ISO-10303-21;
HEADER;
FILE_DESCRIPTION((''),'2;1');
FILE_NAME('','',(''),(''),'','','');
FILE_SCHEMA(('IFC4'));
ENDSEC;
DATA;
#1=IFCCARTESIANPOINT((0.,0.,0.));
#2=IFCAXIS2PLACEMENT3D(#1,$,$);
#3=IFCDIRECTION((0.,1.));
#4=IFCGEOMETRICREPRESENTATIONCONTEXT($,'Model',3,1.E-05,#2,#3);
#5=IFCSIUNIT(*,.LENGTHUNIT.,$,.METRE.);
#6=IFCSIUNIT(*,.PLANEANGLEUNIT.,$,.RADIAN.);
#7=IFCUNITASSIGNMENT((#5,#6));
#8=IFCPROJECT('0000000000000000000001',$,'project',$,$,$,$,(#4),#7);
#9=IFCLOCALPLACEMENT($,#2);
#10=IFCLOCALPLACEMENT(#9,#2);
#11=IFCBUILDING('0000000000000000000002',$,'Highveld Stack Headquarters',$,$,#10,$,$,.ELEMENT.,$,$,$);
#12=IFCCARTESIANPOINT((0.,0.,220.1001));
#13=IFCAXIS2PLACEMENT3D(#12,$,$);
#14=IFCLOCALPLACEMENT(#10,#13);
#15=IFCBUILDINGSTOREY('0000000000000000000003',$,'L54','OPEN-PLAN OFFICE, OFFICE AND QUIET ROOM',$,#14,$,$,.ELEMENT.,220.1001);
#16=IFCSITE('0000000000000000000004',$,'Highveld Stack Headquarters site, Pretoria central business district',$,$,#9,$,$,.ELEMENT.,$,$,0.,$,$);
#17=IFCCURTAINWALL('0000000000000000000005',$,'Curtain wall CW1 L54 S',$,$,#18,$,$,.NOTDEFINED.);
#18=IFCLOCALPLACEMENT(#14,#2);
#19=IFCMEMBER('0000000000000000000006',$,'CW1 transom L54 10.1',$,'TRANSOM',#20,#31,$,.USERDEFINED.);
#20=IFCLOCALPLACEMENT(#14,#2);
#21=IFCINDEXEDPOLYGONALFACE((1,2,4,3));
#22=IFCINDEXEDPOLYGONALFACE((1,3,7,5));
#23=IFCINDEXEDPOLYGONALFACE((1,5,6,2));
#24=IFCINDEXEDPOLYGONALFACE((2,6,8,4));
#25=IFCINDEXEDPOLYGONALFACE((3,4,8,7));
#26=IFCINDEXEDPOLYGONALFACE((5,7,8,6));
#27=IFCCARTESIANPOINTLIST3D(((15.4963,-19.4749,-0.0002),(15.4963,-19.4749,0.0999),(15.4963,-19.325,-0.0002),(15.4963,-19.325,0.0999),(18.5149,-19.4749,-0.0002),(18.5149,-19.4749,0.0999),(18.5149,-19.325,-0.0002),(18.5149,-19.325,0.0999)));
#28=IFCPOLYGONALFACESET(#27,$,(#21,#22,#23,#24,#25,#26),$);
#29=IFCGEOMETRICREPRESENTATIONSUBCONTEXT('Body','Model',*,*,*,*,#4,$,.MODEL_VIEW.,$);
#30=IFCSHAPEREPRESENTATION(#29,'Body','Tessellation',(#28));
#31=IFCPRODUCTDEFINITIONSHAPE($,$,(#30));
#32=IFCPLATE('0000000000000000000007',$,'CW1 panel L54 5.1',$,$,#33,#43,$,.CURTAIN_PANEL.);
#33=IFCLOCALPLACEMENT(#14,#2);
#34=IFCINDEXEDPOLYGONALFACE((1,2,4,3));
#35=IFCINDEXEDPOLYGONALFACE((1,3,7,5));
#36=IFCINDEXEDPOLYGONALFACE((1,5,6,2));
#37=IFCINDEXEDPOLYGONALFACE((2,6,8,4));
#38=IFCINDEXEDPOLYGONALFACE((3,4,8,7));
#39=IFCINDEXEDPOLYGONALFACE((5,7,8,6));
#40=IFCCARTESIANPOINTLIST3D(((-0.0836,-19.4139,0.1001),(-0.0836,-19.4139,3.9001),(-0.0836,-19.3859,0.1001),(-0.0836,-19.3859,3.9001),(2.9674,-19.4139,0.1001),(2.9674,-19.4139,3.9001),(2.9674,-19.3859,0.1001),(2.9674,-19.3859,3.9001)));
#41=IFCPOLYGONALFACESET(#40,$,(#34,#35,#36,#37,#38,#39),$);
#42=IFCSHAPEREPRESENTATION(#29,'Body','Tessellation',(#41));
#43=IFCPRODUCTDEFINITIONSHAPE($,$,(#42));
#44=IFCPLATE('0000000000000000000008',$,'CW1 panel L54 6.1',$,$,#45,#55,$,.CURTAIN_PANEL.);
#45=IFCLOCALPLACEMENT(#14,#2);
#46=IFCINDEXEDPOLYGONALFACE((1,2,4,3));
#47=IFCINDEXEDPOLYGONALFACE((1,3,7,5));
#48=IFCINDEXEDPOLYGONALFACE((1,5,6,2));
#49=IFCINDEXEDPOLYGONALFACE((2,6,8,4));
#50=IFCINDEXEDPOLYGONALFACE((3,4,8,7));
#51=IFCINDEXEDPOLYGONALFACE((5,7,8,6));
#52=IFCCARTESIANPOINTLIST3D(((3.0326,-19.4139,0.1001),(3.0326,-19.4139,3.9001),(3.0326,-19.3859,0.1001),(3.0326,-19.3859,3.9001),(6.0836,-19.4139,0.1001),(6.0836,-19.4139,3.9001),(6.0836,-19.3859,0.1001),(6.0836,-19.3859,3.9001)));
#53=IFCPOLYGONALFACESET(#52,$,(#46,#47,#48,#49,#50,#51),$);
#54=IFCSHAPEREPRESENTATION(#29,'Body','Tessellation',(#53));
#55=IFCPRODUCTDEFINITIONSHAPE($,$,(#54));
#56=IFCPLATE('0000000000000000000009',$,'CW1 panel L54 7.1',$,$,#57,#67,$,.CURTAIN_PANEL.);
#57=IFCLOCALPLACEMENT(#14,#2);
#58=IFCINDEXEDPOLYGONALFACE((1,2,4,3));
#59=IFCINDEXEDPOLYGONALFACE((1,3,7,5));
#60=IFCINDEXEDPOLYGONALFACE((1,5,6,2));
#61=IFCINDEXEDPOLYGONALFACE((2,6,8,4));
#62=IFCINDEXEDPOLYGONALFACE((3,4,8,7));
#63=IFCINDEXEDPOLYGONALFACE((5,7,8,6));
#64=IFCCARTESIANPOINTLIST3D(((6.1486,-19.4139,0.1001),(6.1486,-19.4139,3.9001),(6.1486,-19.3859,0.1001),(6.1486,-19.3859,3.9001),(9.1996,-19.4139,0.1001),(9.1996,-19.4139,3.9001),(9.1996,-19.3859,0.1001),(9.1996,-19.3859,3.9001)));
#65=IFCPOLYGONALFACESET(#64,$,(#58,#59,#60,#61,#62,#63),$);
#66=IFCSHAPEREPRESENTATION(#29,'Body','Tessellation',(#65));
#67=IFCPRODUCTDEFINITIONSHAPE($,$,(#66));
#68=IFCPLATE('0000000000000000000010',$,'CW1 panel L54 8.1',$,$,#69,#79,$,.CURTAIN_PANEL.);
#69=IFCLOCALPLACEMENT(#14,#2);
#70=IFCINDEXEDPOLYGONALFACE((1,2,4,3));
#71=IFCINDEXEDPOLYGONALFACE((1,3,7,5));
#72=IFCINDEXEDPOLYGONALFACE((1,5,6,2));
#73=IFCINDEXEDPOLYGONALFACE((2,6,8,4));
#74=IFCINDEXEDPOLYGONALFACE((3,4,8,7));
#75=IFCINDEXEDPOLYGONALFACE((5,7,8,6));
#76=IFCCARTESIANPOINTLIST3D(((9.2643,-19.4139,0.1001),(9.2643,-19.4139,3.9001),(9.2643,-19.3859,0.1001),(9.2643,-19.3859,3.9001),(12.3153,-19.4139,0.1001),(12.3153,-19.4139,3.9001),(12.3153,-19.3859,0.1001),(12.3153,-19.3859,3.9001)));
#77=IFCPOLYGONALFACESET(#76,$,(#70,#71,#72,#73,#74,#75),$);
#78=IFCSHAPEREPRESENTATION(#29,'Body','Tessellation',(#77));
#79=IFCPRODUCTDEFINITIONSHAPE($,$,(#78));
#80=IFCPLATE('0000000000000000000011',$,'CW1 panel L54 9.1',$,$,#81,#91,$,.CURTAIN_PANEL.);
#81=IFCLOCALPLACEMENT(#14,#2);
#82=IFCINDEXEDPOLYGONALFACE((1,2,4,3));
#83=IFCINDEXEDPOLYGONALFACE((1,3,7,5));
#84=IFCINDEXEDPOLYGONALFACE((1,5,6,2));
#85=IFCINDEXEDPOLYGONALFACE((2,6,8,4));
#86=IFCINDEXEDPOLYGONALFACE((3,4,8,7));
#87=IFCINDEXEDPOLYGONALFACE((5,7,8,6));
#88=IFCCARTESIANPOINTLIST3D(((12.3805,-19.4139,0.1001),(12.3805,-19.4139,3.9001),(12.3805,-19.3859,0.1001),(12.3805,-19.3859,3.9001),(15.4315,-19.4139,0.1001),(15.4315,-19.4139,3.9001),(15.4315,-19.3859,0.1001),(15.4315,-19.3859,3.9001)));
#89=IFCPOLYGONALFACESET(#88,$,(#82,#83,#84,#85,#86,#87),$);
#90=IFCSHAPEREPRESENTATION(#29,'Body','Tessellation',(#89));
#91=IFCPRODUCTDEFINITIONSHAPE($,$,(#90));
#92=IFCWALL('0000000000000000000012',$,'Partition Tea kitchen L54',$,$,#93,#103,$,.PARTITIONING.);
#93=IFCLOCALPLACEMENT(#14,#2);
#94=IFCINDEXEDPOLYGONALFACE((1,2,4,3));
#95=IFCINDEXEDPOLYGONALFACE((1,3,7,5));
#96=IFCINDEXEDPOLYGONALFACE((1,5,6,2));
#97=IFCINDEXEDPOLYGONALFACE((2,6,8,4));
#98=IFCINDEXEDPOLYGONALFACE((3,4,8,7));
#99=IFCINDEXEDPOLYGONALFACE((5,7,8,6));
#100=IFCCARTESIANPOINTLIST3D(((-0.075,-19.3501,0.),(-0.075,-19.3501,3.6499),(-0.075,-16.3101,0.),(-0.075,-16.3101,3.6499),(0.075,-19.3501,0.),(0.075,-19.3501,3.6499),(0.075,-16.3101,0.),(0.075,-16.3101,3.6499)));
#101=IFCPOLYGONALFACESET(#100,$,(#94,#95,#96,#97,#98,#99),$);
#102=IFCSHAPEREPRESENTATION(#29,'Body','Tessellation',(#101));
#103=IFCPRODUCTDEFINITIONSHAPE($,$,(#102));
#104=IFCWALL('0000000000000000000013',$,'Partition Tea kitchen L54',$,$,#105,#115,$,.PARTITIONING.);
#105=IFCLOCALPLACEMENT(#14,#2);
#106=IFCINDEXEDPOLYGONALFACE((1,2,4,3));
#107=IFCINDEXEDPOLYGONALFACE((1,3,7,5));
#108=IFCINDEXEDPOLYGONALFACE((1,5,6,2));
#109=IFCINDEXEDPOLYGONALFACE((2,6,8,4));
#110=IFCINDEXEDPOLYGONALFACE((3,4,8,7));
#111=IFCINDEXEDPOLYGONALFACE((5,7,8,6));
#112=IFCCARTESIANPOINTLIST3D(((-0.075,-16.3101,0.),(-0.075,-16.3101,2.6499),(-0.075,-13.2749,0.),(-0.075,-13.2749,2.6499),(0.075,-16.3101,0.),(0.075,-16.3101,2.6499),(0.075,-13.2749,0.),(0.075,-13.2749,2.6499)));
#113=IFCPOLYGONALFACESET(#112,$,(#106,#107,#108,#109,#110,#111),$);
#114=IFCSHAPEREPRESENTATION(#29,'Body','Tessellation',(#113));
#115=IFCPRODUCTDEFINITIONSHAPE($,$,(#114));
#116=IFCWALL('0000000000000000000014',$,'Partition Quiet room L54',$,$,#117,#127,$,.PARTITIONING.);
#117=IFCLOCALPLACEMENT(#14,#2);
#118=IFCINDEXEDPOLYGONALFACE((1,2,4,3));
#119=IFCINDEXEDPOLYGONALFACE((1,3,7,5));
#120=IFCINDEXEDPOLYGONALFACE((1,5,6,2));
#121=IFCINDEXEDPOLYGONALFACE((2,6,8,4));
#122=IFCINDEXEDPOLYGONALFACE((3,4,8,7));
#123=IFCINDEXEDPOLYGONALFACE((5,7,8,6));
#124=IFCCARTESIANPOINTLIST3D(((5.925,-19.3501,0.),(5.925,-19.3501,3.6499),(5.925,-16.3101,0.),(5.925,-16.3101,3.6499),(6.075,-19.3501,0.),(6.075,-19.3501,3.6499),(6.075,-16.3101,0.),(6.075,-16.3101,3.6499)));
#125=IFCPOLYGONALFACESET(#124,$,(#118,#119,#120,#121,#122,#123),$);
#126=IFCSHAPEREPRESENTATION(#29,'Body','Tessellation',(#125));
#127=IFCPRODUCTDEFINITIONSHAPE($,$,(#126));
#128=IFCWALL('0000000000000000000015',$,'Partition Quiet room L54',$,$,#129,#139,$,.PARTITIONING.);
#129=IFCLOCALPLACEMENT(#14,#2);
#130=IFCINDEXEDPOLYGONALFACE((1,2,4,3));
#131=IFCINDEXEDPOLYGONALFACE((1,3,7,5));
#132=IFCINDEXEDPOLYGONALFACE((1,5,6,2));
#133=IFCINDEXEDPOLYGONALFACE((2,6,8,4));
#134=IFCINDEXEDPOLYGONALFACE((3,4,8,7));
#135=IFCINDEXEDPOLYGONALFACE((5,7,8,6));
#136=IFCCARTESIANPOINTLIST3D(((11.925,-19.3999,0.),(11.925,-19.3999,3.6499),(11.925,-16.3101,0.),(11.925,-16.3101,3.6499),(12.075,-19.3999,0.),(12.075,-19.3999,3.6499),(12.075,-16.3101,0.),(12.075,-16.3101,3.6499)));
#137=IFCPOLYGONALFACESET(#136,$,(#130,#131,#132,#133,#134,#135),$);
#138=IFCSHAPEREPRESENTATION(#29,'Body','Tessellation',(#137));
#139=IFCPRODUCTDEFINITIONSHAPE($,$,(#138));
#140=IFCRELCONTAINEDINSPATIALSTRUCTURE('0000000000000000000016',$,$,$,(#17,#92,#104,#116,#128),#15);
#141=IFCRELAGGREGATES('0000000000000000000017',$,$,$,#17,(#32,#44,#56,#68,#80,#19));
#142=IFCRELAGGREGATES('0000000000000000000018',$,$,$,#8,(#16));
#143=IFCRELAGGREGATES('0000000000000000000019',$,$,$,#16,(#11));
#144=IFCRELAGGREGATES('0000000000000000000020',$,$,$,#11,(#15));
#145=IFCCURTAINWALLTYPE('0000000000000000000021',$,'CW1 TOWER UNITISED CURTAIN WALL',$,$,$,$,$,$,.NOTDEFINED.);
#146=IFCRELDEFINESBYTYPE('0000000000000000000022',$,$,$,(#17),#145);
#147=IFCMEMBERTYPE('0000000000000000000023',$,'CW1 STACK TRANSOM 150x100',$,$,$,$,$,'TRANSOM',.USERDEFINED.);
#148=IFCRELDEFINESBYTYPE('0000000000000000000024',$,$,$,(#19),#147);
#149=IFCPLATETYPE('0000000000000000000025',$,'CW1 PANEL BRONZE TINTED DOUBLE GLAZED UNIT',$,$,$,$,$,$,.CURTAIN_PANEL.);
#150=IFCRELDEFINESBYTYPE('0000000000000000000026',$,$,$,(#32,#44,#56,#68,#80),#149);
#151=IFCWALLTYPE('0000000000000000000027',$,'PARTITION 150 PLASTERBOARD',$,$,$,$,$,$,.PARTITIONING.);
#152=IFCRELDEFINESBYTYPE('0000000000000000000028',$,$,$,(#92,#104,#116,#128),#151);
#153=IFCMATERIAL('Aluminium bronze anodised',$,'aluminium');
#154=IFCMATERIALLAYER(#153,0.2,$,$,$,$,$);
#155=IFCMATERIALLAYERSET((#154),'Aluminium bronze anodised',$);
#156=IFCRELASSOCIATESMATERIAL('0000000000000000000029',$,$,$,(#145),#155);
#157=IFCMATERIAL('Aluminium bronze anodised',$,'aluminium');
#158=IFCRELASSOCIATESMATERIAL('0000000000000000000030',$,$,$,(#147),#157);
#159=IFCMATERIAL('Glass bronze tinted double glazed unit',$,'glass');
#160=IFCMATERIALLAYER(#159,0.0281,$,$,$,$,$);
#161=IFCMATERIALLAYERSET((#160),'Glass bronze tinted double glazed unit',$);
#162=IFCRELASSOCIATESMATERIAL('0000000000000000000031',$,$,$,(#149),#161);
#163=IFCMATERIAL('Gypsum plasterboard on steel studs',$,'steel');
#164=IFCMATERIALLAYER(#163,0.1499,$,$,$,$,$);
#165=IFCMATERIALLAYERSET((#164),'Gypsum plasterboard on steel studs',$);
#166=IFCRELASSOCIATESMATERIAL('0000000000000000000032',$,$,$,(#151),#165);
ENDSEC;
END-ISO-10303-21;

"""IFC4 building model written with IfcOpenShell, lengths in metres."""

from ifc_helpers import new_model, si_unit, direction, frame, frame_2d, origin, origin_2d, place, context, subcontext, project, spatial, rectangle, extrude, material, layer, layer_set, material_profile, profile_set, type_object, element, aggregate, save


model = new_model("IFC4")

# Units and contexts
model_context = context("Model", 3, precision=1e-05, world=origin(), true_north=direction((0.0, 1.0)))
body_context = subcontext(model_context, "Body", "Model", "MODEL_VIEW")
ifc_project = project(units=[si_unit("LENGTHUNIT", "METRE"), si_unit("PLANEANGLEUNIT", "RADIAN")], contexts=[model_context])

# Site, building, storey
site_placement = place(None, origin())
site = spatial("IfcSite", under=ifc_project, at=site_placement, Name="Highveld Stack Headquarters site, Pretoria central business district", CompositionType="ELEMENT", RefElevation=0.0)
building_placement = place(site_placement, origin())
building = spatial("IfcBuilding", under=site, at=building_placement, Name="Highveld Stack Headquarters", CompositionType="ELEMENT")
storey_placement = place(building_placement, frame((0.0, 0.0, 220.1001)))
storey = spatial("IfcBuildingStorey", under=building, at=storey_placement, Name="L54", Description="OPEN-PLAN OFFICE, OFFICE AND QUIET ROOM", CompositionType="ELEMENT", Elevation=220.1001)

# Curtain wall, member, plates
ifc_material_1 = material(Name="Aluminium bronze anodised", Category="aluminium")
ifc_layer_1 = layer(ifc_material_1, 0.2)
ifc_layer_set_1 = layer_set([ifc_layer_1], Name="Aluminium bronze anodised")
curtain_wall_type = type_object("IfcCurtainWallType", Name="CW1 TOWER UNITISED CURTAIN WALL", PredefinedType="NOTDEFINED", material=ifc_layer_set_1)
curtain_wall_placement = place(storey_placement, origin())
curtain_wall = element("IfcCurtainWall", 1, at=curtain_wall_placement, inside=storey, type_object=curtain_wall_type, Name="Curtain wall CW1 L54 S", PredefinedType="NOTDEFINED")
ifc_material_2 = material(Name="Aluminium bronze anodised", Category="aluminium")
ifc_material_profile_1 = material_profile(ifc_material_2, rectangle(XDim=0.1499, YDim=0.1001, at=origin_2d()), Name="CW1 TRANSOM 150x100")
ifc_profile_set_1 = profile_set([ifc_material_profile_1], Name="Aluminium bronze anodised")
member_type_1 = type_object("IfcMemberType", Name="CW1 STACK TRANSOM 150x100", ElementType="TRANSOM", PredefinedType="USERDEFINED", material=ifc_profile_set_1)
member_1_placement = place(storey_placement, frame((15.4963, -19.3999, 0.0498), z_axis=(1.0, 0.0, 0.0), x_axis=(0.0, 1.0, 0.0)))
member_1 = element("IfcMember", 2, at=member_1_placement, type_object=member_type_1, Name="CW1 transom L54 10.1", ObjectType="TRANSOM", PredefinedType="USERDEFINED", context=body_context, shape_type="SweptSolid", body=[
    extrude(rectangle(XDim=0.1499, YDim=0.1001, at=origin_2d()), origin(), (0.0, 0.0, 1.0), 3.0186),
])
ifc_material_3 = material(Name="Glass bronze tinted double glazed unit", Category="glass")
ifc_layer_2 = layer(ifc_material_3, 0.0281)
ifc_layer_set_2 = layer_set([ifc_layer_2], Name="Glass bronze tinted double glazed unit")
plate_type = type_object("IfcPlateType", Name="CW1 PANEL BRONZE TINTED DOUBLE GLAZED UNIT", PredefinedType="CURTAIN_PANEL", material=ifc_layer_set_2)
plate_1_placement = place(storey_placement, frame((1.4419, -19.3999, 0.1001), z_axis=(0.0, 0.0, 1.0), x_axis=(1.0, 0.0, 0.0)))
plate_1 = element("IfcPlate", 3, at=plate_1_placement, type_object=plate_type, Name="CW1 panel L54 5.1", PredefinedType="CURTAIN_PANEL", context=body_context, shape_type="SweptSolid", body=[
    extrude(rectangle(XDim=3.051, YDim=0.0281, at=origin_2d()), origin(), (0.0, 0.0, 1.0), 3.8),
])
plate_2_placement = place(storey_placement, frame((4.5581, -19.3999, 0.1001), z_axis=(0.0, 0.0, 1.0), x_axis=(1.0, 0.0, 0.0)))
plate_2 = element("IfcPlate", 4, at=plate_2_placement, type_object=plate_type, Name="CW1 panel L54 6.1", PredefinedType="CURTAIN_PANEL", context=body_context, shape_type="SweptSolid", body=[
    extrude(rectangle(XDim=3.051, YDim=0.0281, at=origin_2d()), origin(), (0.0, 0.0, 1.0), 3.8),
])
plate_3_placement = place(storey_placement, frame((7.6741, -19.3999, 0.1001), z_axis=(0.0, 0.0, 1.0), x_axis=(1.0, 0.0, 0.0)))
plate_3 = element("IfcPlate", 5, at=plate_3_placement, type_object=plate_type, Name="CW1 panel L54 7.1", PredefinedType="CURTAIN_PANEL", context=body_context, shape_type="SweptSolid", body=[
    extrude(rectangle(XDim=3.051, YDim=0.0281, at=origin_2d()), origin(), (0.0, 0.0, 1.0), 3.8),
])
plate_4_placement = place(storey_placement, frame((10.7898, -19.3999, 0.1001), z_axis=(0.0, 0.0, 1.0), x_axis=(1.0, 0.0, 0.0)))
plate_4 = element("IfcPlate", 6, at=plate_4_placement, type_object=plate_type, Name="CW1 panel L54 8.1", PredefinedType="CURTAIN_PANEL", context=body_context, shape_type="SweptSolid", body=[
    extrude(rectangle(XDim=3.051, YDim=0.0281, at=origin_2d()), origin(), (0.0, 0.0, 1.0), 3.8),
])
plate_5_placement = place(storey_placement, frame((13.906, -19.3999, 0.1001), z_axis=(0.0, 0.0, 1.0), x_axis=(1.0, 0.0, 0.0)))
plate_5 = element("IfcPlate", 7, at=plate_5_placement, type_object=plate_type, Name="CW1 panel L54 9.1", PredefinedType="CURTAIN_PANEL", context=body_context, shape_type="SweptSolid", body=[
    extrude(rectangle(XDim=3.051, YDim=0.0281, at=origin_2d()), origin(), (0.0, 0.0, 1.0), 3.8),
])
aggregate(curtain_wall, [plate_1, plate_2, plate_3, plate_4, plate_5, member_1])

# Walls
ifc_material_4 = material(Name="Gypsum plasterboard on steel studs", Category="steel")
ifc_layer_3 = layer(ifc_material_4, 0.1499)
ifc_layer_set_3 = layer_set([ifc_layer_3], Name="Gypsum plasterboard on steel studs")
wall_type = type_object("IfcWallType", Name="PARTITION 150 PLASTERBOARD", PredefinedType="PARTITIONING", material=ifc_layer_set_3)
wall_1_placement = place(storey_placement, frame((0.0, -19.3501, 0.0), z_axis=(0.0, 0.0, 1.0), x_axis=(0.0, 1.0, 0.0)))
element("IfcWall", 8, at=wall_1_placement, inside=storey, type_object=wall_type, Name="Partition Tea kitchen L54", PredefinedType="PARTITIONING", context=body_context, shape_type="SweptSolid", body=[
    extrude(rectangle(XDim=3.04, YDim=0.1499, at=frame_2d((1.52, 0.0))), origin(), (0.0, 0.0, 1.0), 3.6499),
])
wall_2_placement = place(storey_placement, frame((0.0, -16.3101, 0.0), z_axis=(0.0, 0.0, 1.0), x_axis=(0.0, 1.0, 0.0)))
element("IfcWall", 9, at=wall_2_placement, inside=storey, type_object=wall_type, Name="Partition Tea kitchen L54", PredefinedType="PARTITIONING", context=body_context, shape_type="SweptSolid", body=[
    extrude(rectangle(XDim=3.0352, YDim=0.1499, at=frame_2d((1.5176, 0.0))), origin(), (0.0, 0.0, 1.0), 2.6499),
])
wall_3_placement = place(storey_placement, frame((6.0, -19.3501, 0.0), z_axis=(0.0, 0.0, 1.0), x_axis=(0.0, 1.0, 0.0)))
element("IfcWall", 10, at=wall_3_placement, inside=storey, type_object=wall_type, Name="Partition Quiet room L54", PredefinedType="PARTITIONING", context=body_context, shape_type="SweptSolid", body=[
    extrude(rectangle(XDim=3.04, YDim=0.1499, at=frame_2d((1.52, 0.0))), origin(), (0.0, 0.0, 1.0), 3.6499),
])
wall_4_placement = place(storey_placement, frame((12.0, -19.3999, 0.0), z_axis=(0.0, 0.0, 1.0), x_axis=(0.0, 1.0, 0.0)))
element("IfcWall", 11, at=wall_4_placement, inside=storey, type_object=wall_type, Name="Partition Quiet room L54", PredefinedType="PARTITIONING", context=body_context, shape_type="SweptSolid", body=[
    extrude(rectangle(XDim=3.0898, YDim=0.1499, at=frame_2d((1.5449, 0.0))), origin(), (0.0, 0.0, 1.0), 3.6499),
])

save(model, "model.ifc")
